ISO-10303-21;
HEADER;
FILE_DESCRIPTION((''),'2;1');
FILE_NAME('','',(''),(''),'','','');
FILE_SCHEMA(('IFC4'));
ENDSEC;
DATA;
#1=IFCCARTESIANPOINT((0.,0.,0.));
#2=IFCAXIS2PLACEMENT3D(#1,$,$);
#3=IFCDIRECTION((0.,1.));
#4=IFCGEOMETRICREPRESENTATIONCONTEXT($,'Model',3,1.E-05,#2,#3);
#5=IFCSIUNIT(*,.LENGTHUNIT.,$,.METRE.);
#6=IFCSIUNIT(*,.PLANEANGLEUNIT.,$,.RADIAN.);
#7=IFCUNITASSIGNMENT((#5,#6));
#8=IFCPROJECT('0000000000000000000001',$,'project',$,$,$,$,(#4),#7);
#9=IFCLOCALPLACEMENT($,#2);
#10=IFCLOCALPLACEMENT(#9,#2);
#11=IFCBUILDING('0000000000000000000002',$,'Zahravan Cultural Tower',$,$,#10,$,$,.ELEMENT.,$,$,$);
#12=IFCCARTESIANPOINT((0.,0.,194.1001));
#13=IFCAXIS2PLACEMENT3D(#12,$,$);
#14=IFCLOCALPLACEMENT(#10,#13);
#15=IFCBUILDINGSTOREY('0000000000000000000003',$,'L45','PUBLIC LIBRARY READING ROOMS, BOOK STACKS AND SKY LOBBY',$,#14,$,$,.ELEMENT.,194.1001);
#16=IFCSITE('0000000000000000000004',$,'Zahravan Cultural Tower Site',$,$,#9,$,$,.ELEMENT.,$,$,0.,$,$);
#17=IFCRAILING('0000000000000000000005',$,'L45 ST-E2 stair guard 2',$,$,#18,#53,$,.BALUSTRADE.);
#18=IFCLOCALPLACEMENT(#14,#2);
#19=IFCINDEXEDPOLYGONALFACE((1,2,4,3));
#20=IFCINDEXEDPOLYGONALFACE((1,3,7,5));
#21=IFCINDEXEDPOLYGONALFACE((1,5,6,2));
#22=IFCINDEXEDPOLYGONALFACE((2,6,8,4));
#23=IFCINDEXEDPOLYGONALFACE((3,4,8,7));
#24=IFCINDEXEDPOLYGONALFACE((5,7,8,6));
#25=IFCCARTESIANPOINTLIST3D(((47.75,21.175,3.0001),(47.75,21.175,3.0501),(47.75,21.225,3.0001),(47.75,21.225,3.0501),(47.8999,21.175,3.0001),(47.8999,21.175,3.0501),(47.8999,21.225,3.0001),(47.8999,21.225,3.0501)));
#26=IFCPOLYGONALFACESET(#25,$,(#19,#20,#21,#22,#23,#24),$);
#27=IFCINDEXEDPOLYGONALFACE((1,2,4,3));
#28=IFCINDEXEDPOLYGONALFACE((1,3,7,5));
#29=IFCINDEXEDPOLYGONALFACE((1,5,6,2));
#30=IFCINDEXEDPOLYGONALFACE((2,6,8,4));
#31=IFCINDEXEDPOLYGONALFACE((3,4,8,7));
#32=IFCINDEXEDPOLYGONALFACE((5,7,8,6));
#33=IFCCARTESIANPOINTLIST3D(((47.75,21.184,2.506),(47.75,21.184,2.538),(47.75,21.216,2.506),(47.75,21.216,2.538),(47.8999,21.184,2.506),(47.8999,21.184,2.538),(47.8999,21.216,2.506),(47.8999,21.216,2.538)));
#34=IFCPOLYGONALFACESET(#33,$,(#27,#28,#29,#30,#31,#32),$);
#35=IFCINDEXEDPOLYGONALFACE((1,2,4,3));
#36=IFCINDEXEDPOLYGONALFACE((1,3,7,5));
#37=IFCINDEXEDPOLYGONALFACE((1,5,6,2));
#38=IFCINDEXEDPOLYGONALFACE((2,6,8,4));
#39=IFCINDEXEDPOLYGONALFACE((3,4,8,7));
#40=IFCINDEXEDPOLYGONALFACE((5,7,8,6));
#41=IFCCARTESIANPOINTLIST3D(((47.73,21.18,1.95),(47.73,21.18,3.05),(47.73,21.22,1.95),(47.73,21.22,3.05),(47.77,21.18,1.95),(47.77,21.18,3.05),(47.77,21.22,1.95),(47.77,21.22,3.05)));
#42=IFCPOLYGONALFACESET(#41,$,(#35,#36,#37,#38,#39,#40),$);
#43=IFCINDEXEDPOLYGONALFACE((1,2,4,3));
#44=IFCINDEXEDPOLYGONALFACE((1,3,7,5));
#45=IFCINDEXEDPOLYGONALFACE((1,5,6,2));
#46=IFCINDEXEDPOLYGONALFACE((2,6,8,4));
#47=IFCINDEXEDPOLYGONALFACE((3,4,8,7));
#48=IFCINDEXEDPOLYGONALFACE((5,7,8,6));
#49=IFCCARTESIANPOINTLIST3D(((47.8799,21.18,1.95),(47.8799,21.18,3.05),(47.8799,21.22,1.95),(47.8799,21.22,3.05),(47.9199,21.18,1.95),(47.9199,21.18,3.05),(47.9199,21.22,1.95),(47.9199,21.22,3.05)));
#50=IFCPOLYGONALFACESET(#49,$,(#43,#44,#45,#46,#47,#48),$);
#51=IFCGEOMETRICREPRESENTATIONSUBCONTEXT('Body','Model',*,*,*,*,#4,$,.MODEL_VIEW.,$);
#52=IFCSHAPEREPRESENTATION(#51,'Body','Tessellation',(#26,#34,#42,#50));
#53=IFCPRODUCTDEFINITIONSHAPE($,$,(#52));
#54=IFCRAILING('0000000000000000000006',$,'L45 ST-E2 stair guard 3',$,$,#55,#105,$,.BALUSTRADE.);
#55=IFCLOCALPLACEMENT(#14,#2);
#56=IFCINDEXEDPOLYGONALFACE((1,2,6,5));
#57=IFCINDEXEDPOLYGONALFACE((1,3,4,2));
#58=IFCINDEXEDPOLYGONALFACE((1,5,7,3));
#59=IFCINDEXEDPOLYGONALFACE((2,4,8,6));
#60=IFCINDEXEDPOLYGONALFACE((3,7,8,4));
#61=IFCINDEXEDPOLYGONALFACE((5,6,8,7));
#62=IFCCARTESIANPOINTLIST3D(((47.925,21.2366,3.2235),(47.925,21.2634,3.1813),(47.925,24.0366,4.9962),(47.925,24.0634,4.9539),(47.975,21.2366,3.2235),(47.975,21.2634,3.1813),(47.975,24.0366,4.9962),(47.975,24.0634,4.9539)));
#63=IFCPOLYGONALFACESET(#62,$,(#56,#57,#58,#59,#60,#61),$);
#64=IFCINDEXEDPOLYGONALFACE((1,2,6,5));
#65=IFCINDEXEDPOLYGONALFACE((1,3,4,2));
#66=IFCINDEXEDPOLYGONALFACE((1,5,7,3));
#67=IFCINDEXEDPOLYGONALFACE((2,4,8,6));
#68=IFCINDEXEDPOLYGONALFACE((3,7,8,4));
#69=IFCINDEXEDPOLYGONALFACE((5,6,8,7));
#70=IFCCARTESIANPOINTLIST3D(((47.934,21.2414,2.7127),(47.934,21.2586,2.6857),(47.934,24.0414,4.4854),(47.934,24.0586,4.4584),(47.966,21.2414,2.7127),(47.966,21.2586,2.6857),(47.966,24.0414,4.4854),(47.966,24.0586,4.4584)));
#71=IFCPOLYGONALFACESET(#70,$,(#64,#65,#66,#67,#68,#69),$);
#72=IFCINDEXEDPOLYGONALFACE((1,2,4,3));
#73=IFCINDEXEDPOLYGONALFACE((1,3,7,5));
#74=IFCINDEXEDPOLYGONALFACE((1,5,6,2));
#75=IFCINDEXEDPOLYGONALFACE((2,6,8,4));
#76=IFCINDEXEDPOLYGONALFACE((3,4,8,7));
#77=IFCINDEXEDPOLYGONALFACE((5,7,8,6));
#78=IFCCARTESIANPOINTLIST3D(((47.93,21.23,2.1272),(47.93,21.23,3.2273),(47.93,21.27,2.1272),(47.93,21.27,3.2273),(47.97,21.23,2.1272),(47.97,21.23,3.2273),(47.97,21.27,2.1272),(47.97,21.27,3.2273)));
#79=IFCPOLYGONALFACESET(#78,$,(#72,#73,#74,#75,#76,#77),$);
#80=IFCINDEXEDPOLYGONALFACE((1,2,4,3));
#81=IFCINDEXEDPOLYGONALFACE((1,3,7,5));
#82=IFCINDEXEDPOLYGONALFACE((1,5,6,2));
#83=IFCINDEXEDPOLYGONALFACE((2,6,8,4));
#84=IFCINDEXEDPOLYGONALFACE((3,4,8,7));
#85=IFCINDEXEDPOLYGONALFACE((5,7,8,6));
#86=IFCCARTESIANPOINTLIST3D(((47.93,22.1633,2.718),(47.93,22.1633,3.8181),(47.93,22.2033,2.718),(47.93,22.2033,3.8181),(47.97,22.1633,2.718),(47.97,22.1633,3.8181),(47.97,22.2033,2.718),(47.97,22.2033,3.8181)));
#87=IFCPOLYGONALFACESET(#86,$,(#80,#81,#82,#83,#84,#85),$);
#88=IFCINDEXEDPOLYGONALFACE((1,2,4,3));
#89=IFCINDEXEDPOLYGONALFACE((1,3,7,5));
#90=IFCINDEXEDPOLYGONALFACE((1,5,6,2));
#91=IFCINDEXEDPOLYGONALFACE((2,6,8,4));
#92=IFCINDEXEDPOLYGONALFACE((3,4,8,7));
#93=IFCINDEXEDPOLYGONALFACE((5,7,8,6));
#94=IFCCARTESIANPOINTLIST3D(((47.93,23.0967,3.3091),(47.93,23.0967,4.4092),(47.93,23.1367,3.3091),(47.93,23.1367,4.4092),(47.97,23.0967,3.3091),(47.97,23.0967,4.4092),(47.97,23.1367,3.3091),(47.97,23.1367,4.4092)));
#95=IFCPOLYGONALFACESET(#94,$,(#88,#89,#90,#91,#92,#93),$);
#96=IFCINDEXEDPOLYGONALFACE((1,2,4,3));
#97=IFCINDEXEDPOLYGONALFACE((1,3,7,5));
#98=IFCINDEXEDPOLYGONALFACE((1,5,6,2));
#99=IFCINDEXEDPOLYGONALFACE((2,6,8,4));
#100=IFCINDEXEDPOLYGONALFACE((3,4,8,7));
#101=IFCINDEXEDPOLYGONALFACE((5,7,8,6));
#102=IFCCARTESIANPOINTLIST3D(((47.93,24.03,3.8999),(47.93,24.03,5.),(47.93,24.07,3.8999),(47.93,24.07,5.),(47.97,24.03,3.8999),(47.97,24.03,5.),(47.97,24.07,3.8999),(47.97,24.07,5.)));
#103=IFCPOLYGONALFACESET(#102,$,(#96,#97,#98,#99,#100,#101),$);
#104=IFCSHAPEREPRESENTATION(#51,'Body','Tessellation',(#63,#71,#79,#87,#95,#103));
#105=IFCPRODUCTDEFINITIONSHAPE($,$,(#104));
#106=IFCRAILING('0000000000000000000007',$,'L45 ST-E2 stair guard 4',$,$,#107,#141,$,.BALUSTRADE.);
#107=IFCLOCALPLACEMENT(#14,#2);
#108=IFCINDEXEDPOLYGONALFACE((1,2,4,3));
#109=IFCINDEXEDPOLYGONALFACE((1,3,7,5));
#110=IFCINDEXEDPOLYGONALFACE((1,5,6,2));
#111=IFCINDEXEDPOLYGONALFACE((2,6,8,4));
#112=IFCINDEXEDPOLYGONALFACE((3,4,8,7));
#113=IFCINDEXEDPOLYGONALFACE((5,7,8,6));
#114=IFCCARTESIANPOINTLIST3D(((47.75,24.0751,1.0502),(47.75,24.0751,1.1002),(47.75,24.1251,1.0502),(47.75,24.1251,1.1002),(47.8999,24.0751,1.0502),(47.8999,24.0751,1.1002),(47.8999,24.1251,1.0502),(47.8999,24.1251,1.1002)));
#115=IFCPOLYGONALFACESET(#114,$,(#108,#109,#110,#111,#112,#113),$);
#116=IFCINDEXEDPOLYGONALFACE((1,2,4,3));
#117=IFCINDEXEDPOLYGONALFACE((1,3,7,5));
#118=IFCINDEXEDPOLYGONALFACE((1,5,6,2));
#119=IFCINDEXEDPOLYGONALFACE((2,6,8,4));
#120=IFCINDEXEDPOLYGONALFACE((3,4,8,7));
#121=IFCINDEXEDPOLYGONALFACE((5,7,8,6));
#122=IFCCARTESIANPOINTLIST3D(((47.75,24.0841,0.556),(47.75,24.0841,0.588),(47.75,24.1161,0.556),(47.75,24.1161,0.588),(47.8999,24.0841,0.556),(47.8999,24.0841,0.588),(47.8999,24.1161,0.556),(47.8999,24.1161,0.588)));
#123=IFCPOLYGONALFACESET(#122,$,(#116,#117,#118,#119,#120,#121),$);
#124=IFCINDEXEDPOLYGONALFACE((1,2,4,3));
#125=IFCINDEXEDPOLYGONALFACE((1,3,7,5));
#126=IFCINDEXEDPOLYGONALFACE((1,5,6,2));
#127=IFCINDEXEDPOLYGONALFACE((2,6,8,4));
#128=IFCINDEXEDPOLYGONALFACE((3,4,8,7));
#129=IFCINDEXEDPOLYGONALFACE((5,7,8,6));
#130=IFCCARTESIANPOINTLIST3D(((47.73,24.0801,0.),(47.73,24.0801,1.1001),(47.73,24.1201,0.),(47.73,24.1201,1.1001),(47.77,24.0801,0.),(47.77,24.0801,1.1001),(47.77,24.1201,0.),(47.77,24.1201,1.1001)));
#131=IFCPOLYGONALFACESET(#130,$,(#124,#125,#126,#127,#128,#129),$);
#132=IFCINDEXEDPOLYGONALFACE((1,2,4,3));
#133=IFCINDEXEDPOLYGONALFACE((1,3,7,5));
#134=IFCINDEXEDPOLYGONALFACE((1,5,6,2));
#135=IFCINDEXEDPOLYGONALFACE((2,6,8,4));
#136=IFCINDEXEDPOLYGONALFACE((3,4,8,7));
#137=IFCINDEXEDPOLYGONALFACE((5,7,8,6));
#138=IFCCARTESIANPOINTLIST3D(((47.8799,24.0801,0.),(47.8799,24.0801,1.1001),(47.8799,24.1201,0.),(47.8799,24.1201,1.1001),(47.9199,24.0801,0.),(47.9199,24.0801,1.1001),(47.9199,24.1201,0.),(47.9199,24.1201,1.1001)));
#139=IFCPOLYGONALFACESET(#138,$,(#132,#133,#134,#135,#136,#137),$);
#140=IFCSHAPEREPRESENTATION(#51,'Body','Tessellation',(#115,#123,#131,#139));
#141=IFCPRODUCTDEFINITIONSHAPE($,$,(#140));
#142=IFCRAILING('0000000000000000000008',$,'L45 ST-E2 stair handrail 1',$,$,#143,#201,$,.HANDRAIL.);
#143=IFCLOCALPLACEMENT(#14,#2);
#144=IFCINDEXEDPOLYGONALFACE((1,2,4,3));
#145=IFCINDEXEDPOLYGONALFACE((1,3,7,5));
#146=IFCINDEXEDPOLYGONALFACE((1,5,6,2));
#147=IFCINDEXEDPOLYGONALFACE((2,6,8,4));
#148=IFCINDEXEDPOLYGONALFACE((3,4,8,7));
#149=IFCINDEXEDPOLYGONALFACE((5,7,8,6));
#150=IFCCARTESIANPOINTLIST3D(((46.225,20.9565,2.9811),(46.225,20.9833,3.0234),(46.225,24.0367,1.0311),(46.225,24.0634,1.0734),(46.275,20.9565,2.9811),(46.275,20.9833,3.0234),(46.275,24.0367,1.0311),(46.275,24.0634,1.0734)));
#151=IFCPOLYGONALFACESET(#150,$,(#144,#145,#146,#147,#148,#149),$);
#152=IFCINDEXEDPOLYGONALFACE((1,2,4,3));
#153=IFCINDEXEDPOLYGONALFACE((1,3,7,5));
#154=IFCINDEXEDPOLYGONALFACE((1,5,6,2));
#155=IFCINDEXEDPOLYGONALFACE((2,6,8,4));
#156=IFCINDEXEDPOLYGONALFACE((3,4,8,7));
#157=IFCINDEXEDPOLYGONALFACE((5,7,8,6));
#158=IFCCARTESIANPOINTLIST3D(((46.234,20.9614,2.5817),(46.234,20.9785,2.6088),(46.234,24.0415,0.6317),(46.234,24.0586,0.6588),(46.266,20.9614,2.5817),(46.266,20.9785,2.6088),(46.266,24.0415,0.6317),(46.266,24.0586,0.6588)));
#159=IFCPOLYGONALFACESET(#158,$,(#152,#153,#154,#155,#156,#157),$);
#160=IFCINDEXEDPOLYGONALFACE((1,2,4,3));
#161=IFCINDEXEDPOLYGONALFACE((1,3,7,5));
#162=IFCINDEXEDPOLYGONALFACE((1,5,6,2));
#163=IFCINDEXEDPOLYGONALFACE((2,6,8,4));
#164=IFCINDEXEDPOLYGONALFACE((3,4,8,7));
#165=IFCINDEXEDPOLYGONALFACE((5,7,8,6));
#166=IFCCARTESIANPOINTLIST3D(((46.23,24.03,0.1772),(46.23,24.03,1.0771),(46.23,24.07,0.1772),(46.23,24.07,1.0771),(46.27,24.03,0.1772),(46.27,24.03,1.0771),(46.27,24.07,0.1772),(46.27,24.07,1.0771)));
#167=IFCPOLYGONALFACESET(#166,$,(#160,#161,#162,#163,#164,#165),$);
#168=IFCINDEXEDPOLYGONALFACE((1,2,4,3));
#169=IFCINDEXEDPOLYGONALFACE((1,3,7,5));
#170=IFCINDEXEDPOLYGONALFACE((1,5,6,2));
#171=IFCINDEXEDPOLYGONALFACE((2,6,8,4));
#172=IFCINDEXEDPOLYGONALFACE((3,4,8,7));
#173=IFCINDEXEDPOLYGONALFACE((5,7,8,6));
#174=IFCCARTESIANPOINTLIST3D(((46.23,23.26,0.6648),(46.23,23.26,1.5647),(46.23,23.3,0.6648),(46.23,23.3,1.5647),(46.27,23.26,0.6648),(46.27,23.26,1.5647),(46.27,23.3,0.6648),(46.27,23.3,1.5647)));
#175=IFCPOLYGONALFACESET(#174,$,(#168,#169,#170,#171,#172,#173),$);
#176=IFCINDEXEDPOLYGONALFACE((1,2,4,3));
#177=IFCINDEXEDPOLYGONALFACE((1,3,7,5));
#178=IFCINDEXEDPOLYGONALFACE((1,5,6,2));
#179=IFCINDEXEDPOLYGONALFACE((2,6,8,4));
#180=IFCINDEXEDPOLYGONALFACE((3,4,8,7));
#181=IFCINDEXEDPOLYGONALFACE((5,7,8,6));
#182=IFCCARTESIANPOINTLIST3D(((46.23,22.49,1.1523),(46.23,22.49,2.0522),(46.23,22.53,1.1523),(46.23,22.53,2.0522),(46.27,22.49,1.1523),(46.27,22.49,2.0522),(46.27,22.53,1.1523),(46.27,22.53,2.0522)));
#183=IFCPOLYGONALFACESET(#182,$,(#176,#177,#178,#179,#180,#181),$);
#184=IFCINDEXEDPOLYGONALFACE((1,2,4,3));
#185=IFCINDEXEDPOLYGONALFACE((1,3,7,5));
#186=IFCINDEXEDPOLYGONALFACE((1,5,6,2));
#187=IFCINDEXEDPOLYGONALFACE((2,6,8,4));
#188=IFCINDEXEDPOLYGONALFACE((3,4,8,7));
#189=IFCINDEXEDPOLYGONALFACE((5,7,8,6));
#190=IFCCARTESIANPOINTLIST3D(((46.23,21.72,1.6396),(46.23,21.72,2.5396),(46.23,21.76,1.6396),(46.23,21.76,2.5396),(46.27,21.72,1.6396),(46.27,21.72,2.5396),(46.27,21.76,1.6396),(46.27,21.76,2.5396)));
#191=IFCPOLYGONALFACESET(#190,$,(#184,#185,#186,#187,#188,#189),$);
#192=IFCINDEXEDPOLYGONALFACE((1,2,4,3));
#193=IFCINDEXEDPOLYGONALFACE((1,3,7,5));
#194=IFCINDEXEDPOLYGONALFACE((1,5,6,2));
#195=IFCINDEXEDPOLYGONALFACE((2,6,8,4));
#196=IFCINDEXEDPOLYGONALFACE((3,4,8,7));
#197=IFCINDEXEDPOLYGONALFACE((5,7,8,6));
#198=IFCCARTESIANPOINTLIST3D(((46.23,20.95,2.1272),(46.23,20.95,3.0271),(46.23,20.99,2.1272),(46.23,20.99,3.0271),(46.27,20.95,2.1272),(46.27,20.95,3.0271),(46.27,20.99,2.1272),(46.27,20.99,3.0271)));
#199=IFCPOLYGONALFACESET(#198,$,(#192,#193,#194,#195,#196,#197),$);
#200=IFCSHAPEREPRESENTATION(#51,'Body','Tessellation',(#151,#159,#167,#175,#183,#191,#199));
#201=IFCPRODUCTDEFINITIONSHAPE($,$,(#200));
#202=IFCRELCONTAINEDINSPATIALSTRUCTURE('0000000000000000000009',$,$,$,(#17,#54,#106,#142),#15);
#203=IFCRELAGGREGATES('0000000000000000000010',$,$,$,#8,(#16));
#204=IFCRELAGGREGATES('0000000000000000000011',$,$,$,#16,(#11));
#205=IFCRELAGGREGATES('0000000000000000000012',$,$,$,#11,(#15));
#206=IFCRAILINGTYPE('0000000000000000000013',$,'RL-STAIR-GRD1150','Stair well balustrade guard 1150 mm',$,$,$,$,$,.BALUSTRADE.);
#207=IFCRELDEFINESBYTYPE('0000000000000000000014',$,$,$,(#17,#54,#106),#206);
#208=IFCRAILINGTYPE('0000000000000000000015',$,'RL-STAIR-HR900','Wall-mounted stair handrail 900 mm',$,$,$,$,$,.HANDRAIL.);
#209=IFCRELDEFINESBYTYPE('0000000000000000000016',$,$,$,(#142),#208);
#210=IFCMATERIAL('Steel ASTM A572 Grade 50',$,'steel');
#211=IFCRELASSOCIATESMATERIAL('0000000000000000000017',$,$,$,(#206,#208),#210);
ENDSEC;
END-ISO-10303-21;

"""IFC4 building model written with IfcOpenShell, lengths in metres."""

from ifc_helpers import new_model, si_unit, direction, frame, origin, origin_2d, place, context, subcontext, project, spatial, rectangle, extrude, material, type_object, element, save


model = new_model("IFC4")

# Units and contexts
model_context = context("Model", 3, precision=1e-05, world=origin(), true_north=direction((0.0, 1.0)))
body_context = subcontext(model_context, "Body", "Model", "MODEL_VIEW")
ifc_project = project(units=[si_unit("LENGTHUNIT", "METRE"), si_unit("PLANEANGLEUNIT", "RADIAN")], contexts=[model_context])

# Site, building, storey
site_placement = place(None, origin())
site = spatial("IfcSite", under=ifc_project, at=site_placement, Name="Zahravan Cultural Tower Site", CompositionType="ELEMENT", RefElevation=0.0)
building_placement = place(site_placement, origin())
building = spatial("IfcBuilding", under=site, at=building_placement, Name="Zahravan Cultural Tower", CompositionType="ELEMENT")
storey_placement = place(building_placement, frame((0.0, 0.0, 194.1001)))
storey = spatial("IfcBuildingStorey", under=building, at=storey_placement, Name="L45", Description="PUBLIC LIBRARY READING ROOMS, BOOK STACKS AND SKY LOBBY", CompositionType="ELEMENT", Elevation=194.1001)

# Shared definitions
ifc_material_1 = material(Name="Steel ASTM A572 Grade 50", Category="steel")

# Railings
railing_type_1 = type_object("IfcRailingType", Name="RL-STAIR-GRD1150", Description="Stair well balustrade guard 1150 mm", PredefinedType="BALUSTRADE", material=ifc_material_1)
railing_1_placement = place(storey_placement, frame((47.75, 21.2, 1.95)))
element("IfcRailing", 1, at=railing_1_placement, inside=storey, type_object=railing_type_1, Name="L45 ST-E2 stair guard 2", PredefinedType="BALUSTRADE", context=body_context, shape_type="SweptSolid", body=[
    extrude(rectangle(XDim=0.05, YDim=0.05, at=origin_2d()), frame((0.0, 0.0, 1.0752), z_axis=(1.0, 0.0, 0.0), x_axis=(0.0, 1.0, 0.0)), (0.0, 0.0, 1.0), 0.1499),
    extrude(rectangle(XDim=0.032, YDim=0.032, at=origin_2d()), frame((0.0, 0.0, 0.572), z_axis=(1.0, 0.0, 0.0), x_axis=(0.0, 1.0, 0.0)), (0.0, 0.0, 1.0), 0.1499),
    extrude(rectangle(XDim=0.04, YDim=0.04, at=origin_2d()), origin(), (0.0, 0.0, 1.0), 1.1001),
    extrude(rectangle(XDim=0.04, YDim=0.04, at=origin_2d()), frame((0.1499, 0.0, 0.0)), (0.0, 0.0, 1.0), 1.1001),
])
railing_2_placement = place(storey_placement, frame((47.95, 21.25, 2.1272)))
element("IfcRailing", 2, at=railing_2_placement, inside=storey, type_object=railing_type_1, Name="L45 ST-E2 stair guard 3", PredefinedType="BALUSTRADE", context=body_context, shape_type="SweptSolid", body=[
    extrude(rectangle(XDim=0.05, YDim=0.05, at=origin_2d()), frame((0.0, 0.0, 1.0752), z_axis=(0.0, 0.844909, 0.53491), x_axis=(-1.0, 0.0, 0.0)), (0.0, 0.0, 1.0), 3.314),
    extrude(rectangle(XDim=0.032, YDim=0.032, at=origin_2d()), frame((0.0, 0.0, 0.572), z_axis=(0.0, 0.844909, 0.53491), x_axis=(-1.0, 0.0, 0.0)), (0.0, 0.0, 1.0), 3.314),
    extrude(rectangle(XDim=0.04, YDim=0.04, at=origin_2d()), origin(), (0.0, 0.0, 1.0), 1.1001),
    extrude(rectangle(XDim=0.04, YDim=0.04, at=origin_2d()), frame((0.0, 0.9333, 0.5908)), (0.0, 0.0, 1.0), 1.1001),
    extrude(rectangle(XDim=0.04, YDim=0.04, at=origin_2d()), frame((0.0, 1.8667, 1.1819)), (0.0, 0.0, 1.0), 1.1001),
    extrude(rectangle(XDim=0.04, YDim=0.04, at=origin_2d()), frame((0.0, 2.8, 1.7727)), (0.0, 0.0, 1.0), 1.1001),
])
railing_3_placement = place(storey_placement, frame((47.75, 24.1001, 0.0)))
element("IfcRailing", 3, at=railing_3_placement, inside=storey, type_object=railing_type_1, Name="L45 ST-E2 stair guard 4", PredefinedType="BALUSTRADE", context=body_context, shape_type="SweptSolid", body=[
    extrude(rectangle(XDim=0.05, YDim=0.05, at=origin_2d()), frame((0.0, 0.0, 1.0752), z_axis=(1.0, 0.0, 0.0), x_axis=(0.0, 1.0, 0.0)), (0.0, 0.0, 1.0), 0.1499),
    extrude(rectangle(XDim=0.032, YDim=0.032, at=origin_2d()), frame((0.0, 0.0, 0.572), z_axis=(1.0, 0.0, 0.0), x_axis=(0.0, 1.0, 0.0)), (0.0, 0.0, 1.0), 0.1499),
    extrude(rectangle(XDim=0.04, YDim=0.04, at=origin_2d()), origin(), (0.0, 0.0, 1.0), 1.1001),
    extrude(rectangle(XDim=0.04, YDim=0.04, at=origin_2d()), frame((0.1499, 0.0, 0.0)), (0.0, 0.0, 1.0), 1.1001),
])
railing_type_2 = type_object("IfcRailingType", Name="RL-STAIR-HR900", Description="Wall-mounted stair handrail 900 mm", PredefinedType="HANDRAIL", material=ifc_material_1)
railing_4_placement = place(storey_placement, frame((46.25, 24.05, 0.1772)))
element("IfcRailing", 4, at=railing_4_placement, inside=storey, type_object=railing_type_2, Name="L45 ST-E2 stair handrail 1", PredefinedType="HANDRAIL", context=body_context, shape_type="SweptSolid", body=[
    extrude(rectangle(XDim=0.05, YDim=0.05, at=origin_2d()), frame((0.0, 0.0, 0.875), z_axis=(0.0, -0.844914, 0.534902), x_axis=(1.0, 0.0, 0.0)), (0.0, 0.0, 1.0), 3.6455),
    extrude(rectangle(XDim=0.032, YDim=0.032, at=origin_2d()), frame((0.0, 0.0, 0.468), z_axis=(0.0, -0.844914, 0.534902), x_axis=(1.0, 0.0, 0.0)), (0.0, 0.0, 1.0), 3.6455),
    extrude(rectangle(XDim=0.04, YDim=0.04, at=origin_2d()), origin(), (0.0, 0.0, 1.0), 0.8999),
    extrude(rectangle(XDim=0.04, YDim=0.04, at=origin_2d()), frame((0.0, -0.77, 0.4875)), (0.0, 0.0, 1.0), 0.8999),
    extrude(rectangle(XDim=0.04, YDim=0.04, at=origin_2d()), frame((0.0, -1.54, 0.9751)), (0.0, 0.0, 1.0), 0.8999),
    extrude(rectangle(XDim=0.04, YDim=0.04, at=origin_2d()), frame((0.0, -2.3101, 1.4624)), (0.0, 0.0, 1.0), 0.8999),
    extrude(rectangle(XDim=0.04, YDim=0.04, at=origin_2d()), frame((0.0, -3.0801, 1.95)), (0.0, 0.0, 1.0), 0.8999),
])

save(model, "model.ifc")
